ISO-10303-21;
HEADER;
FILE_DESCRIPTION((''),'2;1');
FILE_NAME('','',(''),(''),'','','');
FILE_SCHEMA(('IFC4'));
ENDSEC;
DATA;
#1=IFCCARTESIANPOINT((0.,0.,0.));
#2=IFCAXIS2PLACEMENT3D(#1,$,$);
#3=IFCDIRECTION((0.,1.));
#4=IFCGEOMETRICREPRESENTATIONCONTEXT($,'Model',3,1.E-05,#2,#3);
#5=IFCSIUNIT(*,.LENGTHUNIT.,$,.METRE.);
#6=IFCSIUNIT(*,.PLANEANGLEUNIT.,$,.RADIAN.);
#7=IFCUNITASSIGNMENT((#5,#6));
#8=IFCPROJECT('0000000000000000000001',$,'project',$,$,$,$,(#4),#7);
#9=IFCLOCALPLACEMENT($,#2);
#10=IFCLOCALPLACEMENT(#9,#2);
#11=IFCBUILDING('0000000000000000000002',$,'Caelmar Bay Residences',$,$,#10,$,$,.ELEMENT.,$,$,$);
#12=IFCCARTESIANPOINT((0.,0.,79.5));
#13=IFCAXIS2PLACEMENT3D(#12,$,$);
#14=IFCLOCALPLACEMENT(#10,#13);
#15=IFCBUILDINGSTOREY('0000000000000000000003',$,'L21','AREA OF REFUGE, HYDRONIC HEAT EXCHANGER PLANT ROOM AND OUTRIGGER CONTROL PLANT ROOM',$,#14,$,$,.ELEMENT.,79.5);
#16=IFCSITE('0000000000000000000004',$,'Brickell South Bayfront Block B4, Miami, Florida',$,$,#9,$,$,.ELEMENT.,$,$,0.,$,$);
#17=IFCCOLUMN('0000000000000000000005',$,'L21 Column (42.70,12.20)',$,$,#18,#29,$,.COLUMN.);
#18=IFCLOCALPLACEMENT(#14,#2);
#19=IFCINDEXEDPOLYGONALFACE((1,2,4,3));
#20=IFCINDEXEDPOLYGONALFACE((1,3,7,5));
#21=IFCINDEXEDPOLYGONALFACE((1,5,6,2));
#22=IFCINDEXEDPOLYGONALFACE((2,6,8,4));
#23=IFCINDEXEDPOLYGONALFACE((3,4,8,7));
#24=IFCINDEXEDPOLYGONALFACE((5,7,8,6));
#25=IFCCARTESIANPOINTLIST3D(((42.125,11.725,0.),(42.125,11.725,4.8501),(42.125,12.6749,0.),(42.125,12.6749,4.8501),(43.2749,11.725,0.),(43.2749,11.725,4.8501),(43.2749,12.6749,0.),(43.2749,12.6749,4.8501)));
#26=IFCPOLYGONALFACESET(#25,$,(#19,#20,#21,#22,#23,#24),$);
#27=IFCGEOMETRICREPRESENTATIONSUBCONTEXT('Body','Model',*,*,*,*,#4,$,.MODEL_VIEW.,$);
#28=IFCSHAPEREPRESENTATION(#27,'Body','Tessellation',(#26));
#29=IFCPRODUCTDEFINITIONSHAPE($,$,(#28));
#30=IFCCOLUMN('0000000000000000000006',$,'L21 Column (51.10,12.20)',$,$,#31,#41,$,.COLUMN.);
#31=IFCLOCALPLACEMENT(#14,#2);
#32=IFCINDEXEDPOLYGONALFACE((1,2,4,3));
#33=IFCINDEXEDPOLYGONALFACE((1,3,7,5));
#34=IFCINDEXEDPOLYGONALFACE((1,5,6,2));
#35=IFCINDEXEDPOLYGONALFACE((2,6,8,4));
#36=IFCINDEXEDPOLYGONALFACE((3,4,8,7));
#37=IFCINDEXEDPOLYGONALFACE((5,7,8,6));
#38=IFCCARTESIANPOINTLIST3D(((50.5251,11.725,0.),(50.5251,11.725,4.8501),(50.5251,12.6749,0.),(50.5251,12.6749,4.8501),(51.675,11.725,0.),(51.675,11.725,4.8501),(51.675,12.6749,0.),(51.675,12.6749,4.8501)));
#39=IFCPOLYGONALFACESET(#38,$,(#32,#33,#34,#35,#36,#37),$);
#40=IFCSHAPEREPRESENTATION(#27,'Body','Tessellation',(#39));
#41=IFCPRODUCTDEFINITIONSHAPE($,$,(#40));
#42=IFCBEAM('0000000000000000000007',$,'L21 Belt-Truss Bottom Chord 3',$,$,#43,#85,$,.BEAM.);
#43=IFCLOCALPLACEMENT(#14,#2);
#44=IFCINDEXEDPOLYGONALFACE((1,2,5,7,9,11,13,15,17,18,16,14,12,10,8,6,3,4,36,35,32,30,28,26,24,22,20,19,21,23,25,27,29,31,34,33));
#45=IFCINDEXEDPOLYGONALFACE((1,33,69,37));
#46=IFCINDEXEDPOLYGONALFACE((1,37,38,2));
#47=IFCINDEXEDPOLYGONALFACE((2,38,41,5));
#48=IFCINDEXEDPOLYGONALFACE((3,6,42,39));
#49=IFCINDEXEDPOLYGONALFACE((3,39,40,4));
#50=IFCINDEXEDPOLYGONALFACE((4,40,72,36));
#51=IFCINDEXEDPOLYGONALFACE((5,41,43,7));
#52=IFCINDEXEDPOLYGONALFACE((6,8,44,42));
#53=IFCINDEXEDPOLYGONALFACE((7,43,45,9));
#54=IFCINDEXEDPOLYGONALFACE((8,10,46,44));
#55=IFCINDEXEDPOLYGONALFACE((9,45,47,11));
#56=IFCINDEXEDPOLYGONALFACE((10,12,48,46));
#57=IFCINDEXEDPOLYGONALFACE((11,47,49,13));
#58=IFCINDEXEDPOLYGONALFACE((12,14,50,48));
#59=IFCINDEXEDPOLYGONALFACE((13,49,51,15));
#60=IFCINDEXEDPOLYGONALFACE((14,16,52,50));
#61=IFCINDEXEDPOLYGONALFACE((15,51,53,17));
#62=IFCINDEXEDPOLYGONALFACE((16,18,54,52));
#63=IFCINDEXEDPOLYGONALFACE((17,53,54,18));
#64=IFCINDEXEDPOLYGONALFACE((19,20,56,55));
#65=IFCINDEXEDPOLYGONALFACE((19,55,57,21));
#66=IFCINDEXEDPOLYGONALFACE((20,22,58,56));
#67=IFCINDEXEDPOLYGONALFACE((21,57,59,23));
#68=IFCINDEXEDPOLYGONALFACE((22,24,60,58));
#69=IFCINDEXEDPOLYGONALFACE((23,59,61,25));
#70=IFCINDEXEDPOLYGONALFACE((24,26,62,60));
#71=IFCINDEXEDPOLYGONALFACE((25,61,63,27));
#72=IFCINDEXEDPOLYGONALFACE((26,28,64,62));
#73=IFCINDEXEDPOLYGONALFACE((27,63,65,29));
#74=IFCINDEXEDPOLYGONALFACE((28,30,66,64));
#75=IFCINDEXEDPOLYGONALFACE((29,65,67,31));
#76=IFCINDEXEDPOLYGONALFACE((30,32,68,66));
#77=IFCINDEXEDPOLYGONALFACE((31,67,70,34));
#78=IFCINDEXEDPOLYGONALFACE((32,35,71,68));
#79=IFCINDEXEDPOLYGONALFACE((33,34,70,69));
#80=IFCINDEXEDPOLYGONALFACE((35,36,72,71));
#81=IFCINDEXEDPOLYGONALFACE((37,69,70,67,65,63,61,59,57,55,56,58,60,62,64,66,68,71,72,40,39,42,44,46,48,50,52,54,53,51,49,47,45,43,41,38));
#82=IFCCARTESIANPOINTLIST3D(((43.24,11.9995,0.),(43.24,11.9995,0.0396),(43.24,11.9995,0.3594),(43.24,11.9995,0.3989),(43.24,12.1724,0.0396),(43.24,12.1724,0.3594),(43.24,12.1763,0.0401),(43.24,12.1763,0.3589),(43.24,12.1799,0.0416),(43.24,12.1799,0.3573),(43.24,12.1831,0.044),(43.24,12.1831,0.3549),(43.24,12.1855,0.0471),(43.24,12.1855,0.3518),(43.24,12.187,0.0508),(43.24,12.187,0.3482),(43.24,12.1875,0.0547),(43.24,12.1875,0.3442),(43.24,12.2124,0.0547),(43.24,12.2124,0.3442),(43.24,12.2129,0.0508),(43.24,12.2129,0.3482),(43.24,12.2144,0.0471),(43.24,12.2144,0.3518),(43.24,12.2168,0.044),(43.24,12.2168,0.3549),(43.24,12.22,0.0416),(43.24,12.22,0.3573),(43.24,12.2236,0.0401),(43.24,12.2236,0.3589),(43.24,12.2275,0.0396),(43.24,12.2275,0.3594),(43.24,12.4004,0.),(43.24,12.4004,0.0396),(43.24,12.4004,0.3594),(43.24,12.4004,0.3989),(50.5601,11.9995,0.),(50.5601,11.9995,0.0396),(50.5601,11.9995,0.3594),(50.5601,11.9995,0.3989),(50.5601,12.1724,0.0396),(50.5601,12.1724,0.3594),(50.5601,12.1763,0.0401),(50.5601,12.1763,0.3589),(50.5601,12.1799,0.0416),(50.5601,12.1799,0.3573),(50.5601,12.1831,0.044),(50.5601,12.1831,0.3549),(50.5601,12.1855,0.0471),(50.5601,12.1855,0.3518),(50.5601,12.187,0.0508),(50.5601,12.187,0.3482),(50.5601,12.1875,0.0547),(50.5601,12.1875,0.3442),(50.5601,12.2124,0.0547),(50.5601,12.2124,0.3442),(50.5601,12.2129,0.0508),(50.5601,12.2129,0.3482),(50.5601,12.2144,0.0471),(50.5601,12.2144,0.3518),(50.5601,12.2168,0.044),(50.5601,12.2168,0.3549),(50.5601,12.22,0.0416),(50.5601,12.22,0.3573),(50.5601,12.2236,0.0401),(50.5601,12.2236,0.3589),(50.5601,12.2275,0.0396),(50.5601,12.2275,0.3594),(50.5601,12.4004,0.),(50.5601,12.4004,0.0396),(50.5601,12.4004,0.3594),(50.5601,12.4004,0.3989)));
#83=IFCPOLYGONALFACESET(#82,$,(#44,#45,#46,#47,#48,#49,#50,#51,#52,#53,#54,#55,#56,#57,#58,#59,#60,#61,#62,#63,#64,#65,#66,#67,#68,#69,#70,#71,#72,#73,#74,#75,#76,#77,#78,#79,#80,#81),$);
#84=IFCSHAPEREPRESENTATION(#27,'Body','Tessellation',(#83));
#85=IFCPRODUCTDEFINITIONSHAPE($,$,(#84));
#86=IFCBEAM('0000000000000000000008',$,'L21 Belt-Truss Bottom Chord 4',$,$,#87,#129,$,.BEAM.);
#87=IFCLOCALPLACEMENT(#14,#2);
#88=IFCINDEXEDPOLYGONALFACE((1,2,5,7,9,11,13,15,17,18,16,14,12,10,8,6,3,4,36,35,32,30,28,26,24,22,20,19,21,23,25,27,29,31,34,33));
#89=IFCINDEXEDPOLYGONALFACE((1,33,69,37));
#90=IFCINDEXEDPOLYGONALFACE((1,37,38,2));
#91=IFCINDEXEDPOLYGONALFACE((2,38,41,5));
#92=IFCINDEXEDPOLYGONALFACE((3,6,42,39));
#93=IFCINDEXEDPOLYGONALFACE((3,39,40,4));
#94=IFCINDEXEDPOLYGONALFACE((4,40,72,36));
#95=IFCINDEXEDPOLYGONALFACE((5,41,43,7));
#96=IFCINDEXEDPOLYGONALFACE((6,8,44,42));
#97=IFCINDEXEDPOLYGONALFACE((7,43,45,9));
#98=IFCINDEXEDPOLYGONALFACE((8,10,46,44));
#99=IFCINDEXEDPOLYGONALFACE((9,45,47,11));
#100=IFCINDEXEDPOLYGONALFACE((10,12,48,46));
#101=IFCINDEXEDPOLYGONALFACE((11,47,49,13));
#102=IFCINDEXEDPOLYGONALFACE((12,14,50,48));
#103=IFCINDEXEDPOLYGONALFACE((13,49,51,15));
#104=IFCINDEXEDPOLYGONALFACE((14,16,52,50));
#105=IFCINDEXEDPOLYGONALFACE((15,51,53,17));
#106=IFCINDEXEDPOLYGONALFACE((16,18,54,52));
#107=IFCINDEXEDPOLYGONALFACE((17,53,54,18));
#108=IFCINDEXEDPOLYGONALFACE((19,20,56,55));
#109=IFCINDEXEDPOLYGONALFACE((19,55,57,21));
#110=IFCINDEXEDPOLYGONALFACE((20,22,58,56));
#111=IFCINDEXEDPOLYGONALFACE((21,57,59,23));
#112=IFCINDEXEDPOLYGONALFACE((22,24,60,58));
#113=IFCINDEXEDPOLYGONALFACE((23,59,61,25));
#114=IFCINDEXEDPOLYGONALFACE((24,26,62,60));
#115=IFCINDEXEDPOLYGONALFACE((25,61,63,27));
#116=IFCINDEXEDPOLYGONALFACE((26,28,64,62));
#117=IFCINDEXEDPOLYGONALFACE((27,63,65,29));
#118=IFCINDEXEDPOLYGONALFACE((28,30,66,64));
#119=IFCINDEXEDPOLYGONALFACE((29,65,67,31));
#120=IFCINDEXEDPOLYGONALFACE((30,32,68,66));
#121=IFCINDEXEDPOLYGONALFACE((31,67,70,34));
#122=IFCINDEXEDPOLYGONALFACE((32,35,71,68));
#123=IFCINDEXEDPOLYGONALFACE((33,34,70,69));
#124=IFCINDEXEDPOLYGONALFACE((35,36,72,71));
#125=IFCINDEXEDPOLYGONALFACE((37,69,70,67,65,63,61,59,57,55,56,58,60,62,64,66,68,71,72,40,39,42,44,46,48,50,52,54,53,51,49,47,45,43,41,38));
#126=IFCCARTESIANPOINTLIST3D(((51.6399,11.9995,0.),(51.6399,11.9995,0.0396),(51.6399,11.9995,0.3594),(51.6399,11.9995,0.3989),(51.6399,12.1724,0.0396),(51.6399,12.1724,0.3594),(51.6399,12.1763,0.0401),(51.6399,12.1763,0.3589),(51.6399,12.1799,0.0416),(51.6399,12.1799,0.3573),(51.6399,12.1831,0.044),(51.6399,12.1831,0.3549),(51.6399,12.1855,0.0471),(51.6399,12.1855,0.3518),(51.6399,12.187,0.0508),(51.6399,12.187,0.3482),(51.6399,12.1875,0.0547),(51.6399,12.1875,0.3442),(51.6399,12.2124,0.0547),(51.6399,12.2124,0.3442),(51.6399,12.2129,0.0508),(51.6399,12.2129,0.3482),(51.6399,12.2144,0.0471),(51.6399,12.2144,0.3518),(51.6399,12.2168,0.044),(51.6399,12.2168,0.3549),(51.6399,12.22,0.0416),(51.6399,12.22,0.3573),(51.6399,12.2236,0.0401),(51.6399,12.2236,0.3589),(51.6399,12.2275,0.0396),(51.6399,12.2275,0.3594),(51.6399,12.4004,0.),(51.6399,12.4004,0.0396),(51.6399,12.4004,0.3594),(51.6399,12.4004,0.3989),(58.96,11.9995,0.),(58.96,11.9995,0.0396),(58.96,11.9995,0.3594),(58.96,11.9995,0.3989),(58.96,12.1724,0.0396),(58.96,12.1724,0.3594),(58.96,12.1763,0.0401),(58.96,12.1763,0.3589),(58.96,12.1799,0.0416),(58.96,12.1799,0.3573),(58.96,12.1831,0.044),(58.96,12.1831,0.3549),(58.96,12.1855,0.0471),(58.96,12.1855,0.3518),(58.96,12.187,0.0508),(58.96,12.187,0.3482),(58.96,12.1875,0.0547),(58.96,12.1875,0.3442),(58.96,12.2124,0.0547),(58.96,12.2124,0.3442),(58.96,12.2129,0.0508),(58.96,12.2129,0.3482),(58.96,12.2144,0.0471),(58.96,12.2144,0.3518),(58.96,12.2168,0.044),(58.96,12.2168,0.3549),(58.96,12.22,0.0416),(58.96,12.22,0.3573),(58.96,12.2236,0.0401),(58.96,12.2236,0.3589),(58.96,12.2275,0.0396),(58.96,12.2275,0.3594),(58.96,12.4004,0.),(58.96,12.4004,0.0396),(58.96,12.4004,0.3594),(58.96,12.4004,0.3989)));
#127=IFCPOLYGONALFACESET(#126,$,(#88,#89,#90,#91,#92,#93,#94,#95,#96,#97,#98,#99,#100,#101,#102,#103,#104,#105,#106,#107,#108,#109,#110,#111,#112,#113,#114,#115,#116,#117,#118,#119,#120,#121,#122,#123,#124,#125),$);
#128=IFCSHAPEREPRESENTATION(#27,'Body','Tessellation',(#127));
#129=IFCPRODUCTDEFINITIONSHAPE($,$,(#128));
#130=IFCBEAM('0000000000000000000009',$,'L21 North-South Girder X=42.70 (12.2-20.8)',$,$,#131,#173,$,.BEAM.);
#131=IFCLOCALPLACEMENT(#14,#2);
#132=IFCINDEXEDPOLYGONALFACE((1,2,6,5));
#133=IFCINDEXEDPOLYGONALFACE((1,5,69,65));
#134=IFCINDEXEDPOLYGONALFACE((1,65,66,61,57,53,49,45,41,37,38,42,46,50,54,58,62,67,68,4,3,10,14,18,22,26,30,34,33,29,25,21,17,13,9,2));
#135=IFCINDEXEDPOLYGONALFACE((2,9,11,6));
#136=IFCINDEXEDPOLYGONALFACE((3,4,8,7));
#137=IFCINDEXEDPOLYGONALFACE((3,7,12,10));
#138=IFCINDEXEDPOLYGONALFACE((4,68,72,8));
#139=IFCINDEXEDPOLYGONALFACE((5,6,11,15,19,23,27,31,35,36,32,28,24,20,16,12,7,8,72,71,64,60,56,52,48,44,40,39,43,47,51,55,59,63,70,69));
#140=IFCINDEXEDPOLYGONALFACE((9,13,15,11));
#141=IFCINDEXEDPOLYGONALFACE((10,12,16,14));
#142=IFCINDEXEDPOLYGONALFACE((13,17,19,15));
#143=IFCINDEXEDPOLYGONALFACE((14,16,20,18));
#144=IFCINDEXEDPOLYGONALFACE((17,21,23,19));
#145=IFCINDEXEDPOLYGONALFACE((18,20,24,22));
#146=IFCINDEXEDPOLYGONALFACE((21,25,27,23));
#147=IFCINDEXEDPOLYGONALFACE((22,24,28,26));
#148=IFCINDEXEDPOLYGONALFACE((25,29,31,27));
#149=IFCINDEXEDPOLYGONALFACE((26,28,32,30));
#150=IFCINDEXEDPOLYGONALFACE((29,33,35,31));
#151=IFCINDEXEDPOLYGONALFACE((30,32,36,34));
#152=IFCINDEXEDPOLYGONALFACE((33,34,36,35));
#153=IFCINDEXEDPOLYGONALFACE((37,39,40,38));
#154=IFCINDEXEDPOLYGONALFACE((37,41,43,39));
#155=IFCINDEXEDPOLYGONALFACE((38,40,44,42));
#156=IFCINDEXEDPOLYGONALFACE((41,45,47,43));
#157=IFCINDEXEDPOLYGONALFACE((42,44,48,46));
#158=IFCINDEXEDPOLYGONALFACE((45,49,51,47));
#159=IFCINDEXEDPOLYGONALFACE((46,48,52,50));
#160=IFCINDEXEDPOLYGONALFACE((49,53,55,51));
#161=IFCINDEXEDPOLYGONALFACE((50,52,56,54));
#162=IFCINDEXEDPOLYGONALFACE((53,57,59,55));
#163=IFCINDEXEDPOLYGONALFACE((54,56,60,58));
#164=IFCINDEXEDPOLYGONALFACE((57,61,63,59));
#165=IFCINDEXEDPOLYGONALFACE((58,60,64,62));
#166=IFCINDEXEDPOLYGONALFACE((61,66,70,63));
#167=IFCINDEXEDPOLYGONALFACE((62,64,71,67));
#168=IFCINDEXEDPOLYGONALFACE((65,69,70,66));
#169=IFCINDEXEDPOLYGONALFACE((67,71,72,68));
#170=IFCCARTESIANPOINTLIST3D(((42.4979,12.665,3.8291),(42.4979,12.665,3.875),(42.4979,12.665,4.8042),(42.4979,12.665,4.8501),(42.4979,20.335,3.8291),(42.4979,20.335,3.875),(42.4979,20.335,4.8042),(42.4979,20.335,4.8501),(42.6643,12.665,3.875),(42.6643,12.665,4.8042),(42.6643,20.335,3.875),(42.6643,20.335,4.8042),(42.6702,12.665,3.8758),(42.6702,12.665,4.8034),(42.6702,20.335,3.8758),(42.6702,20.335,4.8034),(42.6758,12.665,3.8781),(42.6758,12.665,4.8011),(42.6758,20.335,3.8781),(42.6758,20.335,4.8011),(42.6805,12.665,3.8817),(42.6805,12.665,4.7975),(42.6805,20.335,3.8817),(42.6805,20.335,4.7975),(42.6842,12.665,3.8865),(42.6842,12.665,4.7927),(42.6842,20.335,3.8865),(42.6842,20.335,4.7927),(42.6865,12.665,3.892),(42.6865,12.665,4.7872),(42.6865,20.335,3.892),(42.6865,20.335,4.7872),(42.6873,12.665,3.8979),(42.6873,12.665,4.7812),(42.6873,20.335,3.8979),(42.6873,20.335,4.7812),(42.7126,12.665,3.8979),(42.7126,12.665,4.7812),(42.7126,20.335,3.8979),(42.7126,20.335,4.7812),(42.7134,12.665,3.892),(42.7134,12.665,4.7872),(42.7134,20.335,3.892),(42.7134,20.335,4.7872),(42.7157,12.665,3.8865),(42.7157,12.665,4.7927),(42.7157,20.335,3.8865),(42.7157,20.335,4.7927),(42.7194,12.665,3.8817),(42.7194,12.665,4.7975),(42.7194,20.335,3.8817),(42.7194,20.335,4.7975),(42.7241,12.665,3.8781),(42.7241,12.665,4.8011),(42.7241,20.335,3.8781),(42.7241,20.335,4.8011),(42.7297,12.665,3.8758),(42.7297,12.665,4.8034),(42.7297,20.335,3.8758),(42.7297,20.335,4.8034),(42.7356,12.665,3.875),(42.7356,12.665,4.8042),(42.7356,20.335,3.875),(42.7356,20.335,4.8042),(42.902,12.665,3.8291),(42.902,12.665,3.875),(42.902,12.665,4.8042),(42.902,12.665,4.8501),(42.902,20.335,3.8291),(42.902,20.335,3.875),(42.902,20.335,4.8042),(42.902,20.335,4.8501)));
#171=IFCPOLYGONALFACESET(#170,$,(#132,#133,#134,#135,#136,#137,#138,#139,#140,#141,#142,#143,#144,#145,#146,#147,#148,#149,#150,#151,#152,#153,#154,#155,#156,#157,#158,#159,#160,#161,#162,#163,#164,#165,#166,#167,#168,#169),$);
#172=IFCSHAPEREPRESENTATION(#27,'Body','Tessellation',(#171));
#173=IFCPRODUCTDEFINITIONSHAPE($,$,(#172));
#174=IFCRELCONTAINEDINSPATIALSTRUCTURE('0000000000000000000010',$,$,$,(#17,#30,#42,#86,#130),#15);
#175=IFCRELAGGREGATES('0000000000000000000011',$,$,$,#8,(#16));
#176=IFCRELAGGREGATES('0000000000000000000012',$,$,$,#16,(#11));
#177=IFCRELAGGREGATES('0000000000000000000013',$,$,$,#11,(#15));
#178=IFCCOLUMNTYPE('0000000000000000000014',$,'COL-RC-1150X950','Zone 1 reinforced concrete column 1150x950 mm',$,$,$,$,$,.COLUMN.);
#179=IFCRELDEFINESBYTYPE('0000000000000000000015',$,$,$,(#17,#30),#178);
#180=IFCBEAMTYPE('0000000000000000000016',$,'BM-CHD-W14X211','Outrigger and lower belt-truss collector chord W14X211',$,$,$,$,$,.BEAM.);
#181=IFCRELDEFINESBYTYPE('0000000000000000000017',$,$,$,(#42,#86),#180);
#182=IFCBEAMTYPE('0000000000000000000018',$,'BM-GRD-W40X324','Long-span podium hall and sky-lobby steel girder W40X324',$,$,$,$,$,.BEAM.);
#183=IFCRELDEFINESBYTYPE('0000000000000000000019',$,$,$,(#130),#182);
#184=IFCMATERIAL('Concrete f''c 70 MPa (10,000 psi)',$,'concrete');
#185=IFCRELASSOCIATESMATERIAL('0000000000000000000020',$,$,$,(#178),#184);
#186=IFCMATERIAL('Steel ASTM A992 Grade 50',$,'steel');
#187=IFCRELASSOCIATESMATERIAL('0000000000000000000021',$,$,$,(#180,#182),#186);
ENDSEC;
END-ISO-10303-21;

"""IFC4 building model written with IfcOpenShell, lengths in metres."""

from ifc_helpers import new_model, si_unit, direction, frame, origin, origin_2d, place, context, subcontext, project, spatial, rectangle, i_section, extrude, material, material_profile, profile_set, type_object, element, save


model = new_model("IFC4")

# Units and contexts
model_context = context("Model", 3, precision=1e-05, world=origin(), true_north=direction((0.0, 1.0)))
body_context = subcontext(model_context, "Body", "Model", "MODEL_VIEW")
ifc_project = project(units=[si_unit("LENGTHUNIT", "METRE"), si_unit("PLANEANGLEUNIT", "RADIAN")], contexts=[model_context])

# Site, building, storey
site_placement = place(None, origin())
site = spatial("IfcSite", under=ifc_project, at=site_placement, Name="Brickell South Bayfront Block B4, Miami, Florida", CompositionType="ELEMENT", RefElevation=0.0)
building_placement = place(site_placement, origin())
building = spatial("IfcBuilding", under=site, at=building_placement, Name="Caelmar Bay Residences", CompositionType="ELEMENT")
storey_placement = place(building_placement, frame((0.0, 0.0, 79.5)))
storey = spatial("IfcBuildingStorey", under=building, at=storey_placement, Name="L21", Description="AREA OF REFUGE, HYDRONIC HEAT EXCHANGER PLANT ROOM AND OUTRIGGER CONTROL PLANT ROOM", CompositionType="ELEMENT", Elevation=79.5)

# Columns
ifc_material_1 = material(Name="Concrete f'c 70 MPa (10,000 psi)", Category="concrete")
ifc_material_profile_1 = material_profile(ifc_material_1, rectangle(XDim=1.1499, YDim=0.95, at=origin_2d()), Name="RC-COL-1150X950")
ifc_profile_set_1 = profile_set([ifc_material_profile_1], Name="Concrete f'c 70 MPa (10,000 psi)")
column_type = type_object("IfcColumnType", Name="COL-RC-1150X950", Description="Zone 1 reinforced concrete column 1150x950 mm", PredefinedType="COLUMN", material=ifc_profile_set_1)
for number, where, z_axis, x_axis, name in (
    (1, (42.7, 12.2, 0.0), (0.0, 0.0, 1.0), (1.0, 0.0, 0.0), "L21 Column (42.70,12.20)"),
    (2, (51.1001, 12.2, 0.0), (0.0, 0.0, 1.0), (1.0, 0.0, 0.0), "L21 Column (51.10,12.20)"),
):
    element("IfcColumn", number, at=place(storey_placement, frame(where, z_axis=z_axis, x_axis=x_axis)), inside=storey, type_object=column_type, Name=name, PredefinedType="COLUMN", context=body_context, shape_type="SweptSolid", body=[
        extrude(rectangle(XDim=1.1499, YDim=0.95, at=origin_2d()), origin(), (0.0, 0.0, 1.0), 4.8501),
    ])

# Beams
ifc_material_2 = material(Name="Steel ASTM A992 Grade 50", Category="steel")
ifc_material_profile_2 = material_profile(ifc_material_2, i_section(OverallWidth=0.4009, OverallDepth=0.3989, WebThickness=0.0249, FlangeThickness=0.0396, FilletRadius=0.0151, at=origin_2d()), Name="W14X211")
ifc_profile_set_2 = profile_set([ifc_material_profile_2], Name="Steel ASTM A992 Grade 50")
beam_type_1 = type_object("IfcBeamType", Name="BM-CHD-W14X211", Description="Outrigger and lower belt-truss collector chord W14X211", PredefinedType="BEAM", material=ifc_profile_set_2)
for number, where, z_axis, x_axis, name in (
    (3, (43.24, 12.2, 0.1995), (1.0, 0.0, 0.0), (0.0, 1.0, 0.0), "L21 Belt-Truss Bottom Chord 3"),
    (4, (51.6399, 12.2, 0.1995), (1.0, 0.0, 0.0), (0.0, 1.0, 0.0), "L21 Belt-Truss Bottom Chord 4"),
):
    element("IfcBeam", number, at=place(storey_placement, frame(where, z_axis=z_axis, x_axis=x_axis)), inside=storey, type_object=beam_type_1, Name=name, PredefinedType="BEAM", context=body_context, shape_type="SweptSolid", body=[
        extrude(i_section(OverallWidth=0.4009, OverallDepth=0.3989, WebThickness=0.0249, FlangeThickness=0.0396, FilletRadius=0.0151, at=origin_2d()), origin(), (0.0, 0.0, 1.0), 7.3201),
    ])
ifc_material_profile_3 = material_profile(ifc_material_2, i_section(OverallWidth=0.4041, OverallDepth=1.021, WebThickness=0.0254, FlangeThickness=0.0459, FilletRadius=0.0229, at=origin_2d()), Name="W40X324")
ifc_profile_set_3 = profile_set([ifc_material_profile_3], Name="Steel ASTM A992 Grade 50")
beam_type_2 = type_object("IfcBeamType", Name="BM-GRD-W40X324", Description="Long-span podium hall and sky-lobby steel girder W40X324", PredefinedType="BEAM", material=ifc_profile_set_3)
for number, where, z_axis, x_axis, name in (
    (5, (42.7, 12.665, 4.3396), (0.0, 1.0, 0.0), (-1.0, 0.0, 0.0), "L21 North-South Girder X=42.70 (12.2-20.8)"),
):
    element("IfcBeam", number, at=place(storey_placement, frame(where, z_axis=z_axis, x_axis=x_axis)), inside=storey, type_object=beam_type_2, Name=name, PredefinedType="BEAM", context=body_context, shape_type="SweptSolid", body=[
        extrude(i_section(OverallWidth=0.4041, OverallDepth=1.021, WebThickness=0.0254, FlangeThickness=0.0459, FilletRadius=0.0229, at=origin_2d()), origin(), (0.0, 0.0, 1.0), 7.6699),
    ])

save(model, "model.ifc")
